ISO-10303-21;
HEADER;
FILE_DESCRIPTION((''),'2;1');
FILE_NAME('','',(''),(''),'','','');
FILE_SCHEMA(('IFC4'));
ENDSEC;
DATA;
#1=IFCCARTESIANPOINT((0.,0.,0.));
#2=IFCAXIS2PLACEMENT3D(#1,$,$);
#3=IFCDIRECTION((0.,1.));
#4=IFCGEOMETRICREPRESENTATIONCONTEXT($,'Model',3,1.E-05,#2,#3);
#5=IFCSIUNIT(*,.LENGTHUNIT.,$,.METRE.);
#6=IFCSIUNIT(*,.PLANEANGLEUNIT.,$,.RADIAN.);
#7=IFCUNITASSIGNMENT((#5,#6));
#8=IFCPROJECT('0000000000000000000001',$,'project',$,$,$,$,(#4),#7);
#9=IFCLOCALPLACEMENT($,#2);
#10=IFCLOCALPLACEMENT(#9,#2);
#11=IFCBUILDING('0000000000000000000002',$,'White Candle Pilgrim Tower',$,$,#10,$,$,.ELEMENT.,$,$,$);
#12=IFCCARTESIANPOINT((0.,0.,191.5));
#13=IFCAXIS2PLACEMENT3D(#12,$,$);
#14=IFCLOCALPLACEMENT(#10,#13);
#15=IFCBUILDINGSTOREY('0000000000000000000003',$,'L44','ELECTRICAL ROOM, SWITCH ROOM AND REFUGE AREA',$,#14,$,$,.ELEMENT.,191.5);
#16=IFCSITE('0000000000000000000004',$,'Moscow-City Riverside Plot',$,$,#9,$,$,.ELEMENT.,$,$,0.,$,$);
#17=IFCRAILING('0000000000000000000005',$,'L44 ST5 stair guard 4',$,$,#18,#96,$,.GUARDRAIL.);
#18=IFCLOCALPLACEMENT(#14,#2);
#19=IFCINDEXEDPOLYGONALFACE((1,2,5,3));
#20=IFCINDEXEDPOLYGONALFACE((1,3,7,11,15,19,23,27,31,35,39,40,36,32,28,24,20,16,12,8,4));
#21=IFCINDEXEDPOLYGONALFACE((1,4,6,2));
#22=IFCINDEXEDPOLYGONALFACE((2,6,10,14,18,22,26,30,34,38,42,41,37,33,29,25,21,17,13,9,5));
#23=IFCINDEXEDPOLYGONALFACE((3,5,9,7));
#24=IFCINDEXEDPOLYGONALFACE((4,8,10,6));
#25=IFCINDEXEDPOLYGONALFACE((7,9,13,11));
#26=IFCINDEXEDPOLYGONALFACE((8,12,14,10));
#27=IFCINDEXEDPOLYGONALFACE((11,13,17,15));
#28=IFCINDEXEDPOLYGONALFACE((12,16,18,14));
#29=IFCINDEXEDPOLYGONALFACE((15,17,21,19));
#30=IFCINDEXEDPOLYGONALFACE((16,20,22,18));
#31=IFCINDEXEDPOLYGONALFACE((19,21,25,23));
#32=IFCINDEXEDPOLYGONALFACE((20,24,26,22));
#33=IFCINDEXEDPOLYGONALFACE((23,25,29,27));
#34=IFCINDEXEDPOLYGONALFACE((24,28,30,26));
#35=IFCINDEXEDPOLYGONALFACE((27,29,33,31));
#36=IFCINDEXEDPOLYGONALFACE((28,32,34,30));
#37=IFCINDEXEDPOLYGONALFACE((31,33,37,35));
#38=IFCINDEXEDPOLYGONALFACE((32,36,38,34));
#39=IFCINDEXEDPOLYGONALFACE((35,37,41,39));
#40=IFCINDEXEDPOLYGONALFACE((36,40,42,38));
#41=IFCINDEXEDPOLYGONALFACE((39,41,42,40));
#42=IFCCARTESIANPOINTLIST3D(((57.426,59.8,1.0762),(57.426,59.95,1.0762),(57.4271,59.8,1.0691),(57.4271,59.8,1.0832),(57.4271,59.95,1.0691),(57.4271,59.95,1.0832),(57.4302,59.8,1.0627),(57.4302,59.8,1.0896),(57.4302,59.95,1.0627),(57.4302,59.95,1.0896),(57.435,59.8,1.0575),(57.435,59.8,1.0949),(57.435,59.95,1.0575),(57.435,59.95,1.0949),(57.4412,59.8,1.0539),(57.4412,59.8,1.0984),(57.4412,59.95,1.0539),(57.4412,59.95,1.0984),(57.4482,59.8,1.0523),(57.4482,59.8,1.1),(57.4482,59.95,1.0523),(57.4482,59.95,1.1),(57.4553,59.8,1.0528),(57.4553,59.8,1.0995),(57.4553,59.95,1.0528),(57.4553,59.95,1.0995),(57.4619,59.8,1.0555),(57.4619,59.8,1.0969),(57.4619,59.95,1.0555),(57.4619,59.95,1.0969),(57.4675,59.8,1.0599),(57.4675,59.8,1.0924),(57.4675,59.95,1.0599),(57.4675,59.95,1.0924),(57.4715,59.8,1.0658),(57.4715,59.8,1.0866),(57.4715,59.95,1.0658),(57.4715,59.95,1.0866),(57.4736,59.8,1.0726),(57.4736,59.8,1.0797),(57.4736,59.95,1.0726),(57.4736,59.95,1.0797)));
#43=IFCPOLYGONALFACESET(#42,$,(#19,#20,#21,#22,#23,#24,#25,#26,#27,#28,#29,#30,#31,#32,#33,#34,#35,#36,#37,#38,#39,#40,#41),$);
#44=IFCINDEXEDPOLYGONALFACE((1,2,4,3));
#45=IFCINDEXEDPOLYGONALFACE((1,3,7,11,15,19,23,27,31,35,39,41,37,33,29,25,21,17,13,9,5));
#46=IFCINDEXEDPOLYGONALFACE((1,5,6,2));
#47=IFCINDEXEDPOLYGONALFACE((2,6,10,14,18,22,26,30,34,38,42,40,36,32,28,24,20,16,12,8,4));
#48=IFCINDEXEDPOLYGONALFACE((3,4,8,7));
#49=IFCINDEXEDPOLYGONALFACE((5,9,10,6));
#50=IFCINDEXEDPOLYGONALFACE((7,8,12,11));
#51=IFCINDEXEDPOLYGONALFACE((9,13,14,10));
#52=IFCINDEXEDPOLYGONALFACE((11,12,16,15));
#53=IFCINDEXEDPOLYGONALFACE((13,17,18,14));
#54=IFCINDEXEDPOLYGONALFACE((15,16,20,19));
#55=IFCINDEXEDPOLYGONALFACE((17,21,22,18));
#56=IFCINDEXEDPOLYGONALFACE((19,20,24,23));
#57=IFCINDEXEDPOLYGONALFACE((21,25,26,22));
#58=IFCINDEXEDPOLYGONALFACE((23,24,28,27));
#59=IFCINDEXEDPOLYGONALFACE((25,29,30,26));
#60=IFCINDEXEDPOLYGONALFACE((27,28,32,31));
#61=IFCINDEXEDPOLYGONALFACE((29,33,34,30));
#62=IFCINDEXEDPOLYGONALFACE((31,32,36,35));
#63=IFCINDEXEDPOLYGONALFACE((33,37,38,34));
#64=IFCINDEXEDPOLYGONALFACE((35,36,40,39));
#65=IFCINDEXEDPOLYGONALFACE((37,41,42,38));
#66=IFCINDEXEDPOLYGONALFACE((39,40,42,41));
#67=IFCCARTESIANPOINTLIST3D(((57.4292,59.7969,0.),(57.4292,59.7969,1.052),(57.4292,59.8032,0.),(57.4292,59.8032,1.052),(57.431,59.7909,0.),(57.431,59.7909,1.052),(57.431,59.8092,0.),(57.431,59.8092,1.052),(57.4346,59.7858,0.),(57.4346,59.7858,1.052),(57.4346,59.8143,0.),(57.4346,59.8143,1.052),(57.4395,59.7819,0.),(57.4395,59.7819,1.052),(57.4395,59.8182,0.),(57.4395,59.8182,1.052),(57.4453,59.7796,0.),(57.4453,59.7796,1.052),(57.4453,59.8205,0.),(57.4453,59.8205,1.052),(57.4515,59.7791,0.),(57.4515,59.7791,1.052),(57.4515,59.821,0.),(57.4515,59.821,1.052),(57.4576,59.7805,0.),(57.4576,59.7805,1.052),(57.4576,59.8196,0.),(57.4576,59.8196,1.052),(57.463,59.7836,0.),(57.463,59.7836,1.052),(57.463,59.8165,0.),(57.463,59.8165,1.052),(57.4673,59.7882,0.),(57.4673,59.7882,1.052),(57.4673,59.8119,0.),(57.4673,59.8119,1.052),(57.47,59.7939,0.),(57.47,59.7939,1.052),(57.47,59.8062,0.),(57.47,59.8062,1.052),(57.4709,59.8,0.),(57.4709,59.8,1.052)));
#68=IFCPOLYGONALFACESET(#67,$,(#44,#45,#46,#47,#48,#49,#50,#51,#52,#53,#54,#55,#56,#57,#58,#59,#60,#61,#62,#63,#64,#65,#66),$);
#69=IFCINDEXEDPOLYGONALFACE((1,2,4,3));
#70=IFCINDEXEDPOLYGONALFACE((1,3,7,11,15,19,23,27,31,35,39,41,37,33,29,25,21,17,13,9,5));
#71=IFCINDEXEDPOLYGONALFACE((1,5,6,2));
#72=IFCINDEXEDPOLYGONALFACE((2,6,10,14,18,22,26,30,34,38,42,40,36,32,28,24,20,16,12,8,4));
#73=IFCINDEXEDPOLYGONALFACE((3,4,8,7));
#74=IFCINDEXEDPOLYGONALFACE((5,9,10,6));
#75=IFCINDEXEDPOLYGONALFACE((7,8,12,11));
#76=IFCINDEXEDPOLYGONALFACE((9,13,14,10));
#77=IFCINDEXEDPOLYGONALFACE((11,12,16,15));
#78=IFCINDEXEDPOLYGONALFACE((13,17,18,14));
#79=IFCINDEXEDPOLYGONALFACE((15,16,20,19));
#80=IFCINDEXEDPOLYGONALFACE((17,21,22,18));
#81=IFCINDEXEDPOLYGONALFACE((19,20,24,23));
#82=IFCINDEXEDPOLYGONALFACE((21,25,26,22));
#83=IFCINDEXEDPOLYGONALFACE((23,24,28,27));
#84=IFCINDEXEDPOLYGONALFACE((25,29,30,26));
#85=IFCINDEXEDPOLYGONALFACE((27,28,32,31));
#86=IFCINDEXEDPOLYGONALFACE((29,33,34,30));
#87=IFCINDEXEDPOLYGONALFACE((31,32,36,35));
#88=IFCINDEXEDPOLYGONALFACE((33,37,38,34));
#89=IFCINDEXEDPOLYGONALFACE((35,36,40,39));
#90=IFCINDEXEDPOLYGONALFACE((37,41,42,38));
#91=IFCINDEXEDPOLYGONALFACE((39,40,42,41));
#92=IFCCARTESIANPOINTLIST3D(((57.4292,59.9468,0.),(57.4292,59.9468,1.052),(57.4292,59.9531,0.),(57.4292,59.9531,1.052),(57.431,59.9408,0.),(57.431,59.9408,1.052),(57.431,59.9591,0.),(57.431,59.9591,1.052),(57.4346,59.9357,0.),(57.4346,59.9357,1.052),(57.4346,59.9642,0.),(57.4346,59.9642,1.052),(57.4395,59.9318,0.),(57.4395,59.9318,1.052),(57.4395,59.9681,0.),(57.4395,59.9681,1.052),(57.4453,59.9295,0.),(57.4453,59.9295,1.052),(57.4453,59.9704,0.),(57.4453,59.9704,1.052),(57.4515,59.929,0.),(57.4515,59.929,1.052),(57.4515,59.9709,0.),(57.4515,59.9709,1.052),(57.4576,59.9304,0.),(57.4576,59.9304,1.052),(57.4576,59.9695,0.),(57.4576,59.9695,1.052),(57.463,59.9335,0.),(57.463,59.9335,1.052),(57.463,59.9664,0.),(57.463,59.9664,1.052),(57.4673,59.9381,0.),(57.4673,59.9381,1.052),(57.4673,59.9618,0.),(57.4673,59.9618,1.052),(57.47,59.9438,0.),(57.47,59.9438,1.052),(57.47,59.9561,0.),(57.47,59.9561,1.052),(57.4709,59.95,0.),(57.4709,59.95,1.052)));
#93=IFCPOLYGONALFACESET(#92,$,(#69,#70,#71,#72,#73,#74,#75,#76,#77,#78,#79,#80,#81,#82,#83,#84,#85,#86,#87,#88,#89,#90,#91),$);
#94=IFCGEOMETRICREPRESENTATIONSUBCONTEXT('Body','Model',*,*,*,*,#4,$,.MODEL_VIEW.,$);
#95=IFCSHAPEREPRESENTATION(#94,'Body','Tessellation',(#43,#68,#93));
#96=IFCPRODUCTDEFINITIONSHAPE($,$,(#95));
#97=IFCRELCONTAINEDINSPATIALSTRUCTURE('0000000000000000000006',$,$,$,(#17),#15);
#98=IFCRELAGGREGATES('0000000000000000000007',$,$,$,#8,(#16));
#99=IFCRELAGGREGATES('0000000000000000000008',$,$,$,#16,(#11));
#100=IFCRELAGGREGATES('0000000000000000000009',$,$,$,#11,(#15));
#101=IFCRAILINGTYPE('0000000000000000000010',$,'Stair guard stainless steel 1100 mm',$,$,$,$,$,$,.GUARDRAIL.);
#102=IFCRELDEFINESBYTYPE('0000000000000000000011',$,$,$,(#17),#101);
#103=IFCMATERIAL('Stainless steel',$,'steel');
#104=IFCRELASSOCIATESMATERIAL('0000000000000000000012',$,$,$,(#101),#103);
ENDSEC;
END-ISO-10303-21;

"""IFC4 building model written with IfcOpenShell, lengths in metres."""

from ifc_helpers import new_model, si_unit, direction, frame, origin, origin_2d, place, context, subcontext, project, spatial, circle, extrude, material, type_object, element, save


model = new_model("IFC4")

# Units and contexts
model_context = context("Model", 3, precision=1e-05, world=origin(), true_north=direction((0.0, 1.0)))
body_context = subcontext(model_context, "Body", "Model", "MODEL_VIEW")
ifc_project = project(units=[si_unit("LENGTHUNIT", "METRE"), si_unit("PLANEANGLEUNIT", "RADIAN")], contexts=[model_context])

# Site, building, storey
site_placement = place(None, origin())
site = spatial("IfcSite", under=ifc_project, at=site_placement, Name="Moscow-City Riverside Plot", CompositionType="ELEMENT", RefElevation=0.0)
building_placement = place(site_placement, origin())
building = spatial("IfcBuilding", under=site, at=building_placement, Name="White Candle Pilgrim Tower", CompositionType="ELEMENT")
storey_placement = place(building_placement, frame((0.0, 0.0, 191.5)))
storey = spatial("IfcBuildingStorey", under=building, at=storey_placement, Name="L44", Description="ELECTRICAL ROOM, SWITCH ROOM AND REFUGE AREA", CompositionType="ELEMENT", Elevation=191.5)

# Railing
ifc_material_1 = material(Name="Stainless steel", Category="steel")
railing_type_1 = type_object("IfcRailingType", Name="Stair guard stainless steel 1100 mm", PredefinedType="GUARDRAIL", material=ifc_material_1)
railing_1_placement = place(storey_placement, frame((57.45, 59.8, 0.0)))
element("IfcRailing", 1, at=railing_1_placement, inside=storey, type_object=railing_type_1, Name="L44 ST5 stair guard 4", PredefinedType="GUARDRAIL", context=body_context, shape_type="SweptSolid", body=[
    extrude(circle(Radius=0.0239, at=origin_2d()), frame((0.0, 0.0, 1.0762), z_axis=(0.0, 1.0, 0.0), x_axis=(-1.0, 0.0, 0.0)), (0.0, 0.0, 1.0), 0.1499),
    extrude(circle(Radius=0.021, at=origin_2d()), origin(), (0.0, 0.0, 1.0), 1.052),
    extrude(circle(Radius=0.021, at=origin_2d()), frame((0.0, 0.1499, 0.0)), (0.0, 0.0, 1.0), 1.052),
])

save(model, "model.ifc")
